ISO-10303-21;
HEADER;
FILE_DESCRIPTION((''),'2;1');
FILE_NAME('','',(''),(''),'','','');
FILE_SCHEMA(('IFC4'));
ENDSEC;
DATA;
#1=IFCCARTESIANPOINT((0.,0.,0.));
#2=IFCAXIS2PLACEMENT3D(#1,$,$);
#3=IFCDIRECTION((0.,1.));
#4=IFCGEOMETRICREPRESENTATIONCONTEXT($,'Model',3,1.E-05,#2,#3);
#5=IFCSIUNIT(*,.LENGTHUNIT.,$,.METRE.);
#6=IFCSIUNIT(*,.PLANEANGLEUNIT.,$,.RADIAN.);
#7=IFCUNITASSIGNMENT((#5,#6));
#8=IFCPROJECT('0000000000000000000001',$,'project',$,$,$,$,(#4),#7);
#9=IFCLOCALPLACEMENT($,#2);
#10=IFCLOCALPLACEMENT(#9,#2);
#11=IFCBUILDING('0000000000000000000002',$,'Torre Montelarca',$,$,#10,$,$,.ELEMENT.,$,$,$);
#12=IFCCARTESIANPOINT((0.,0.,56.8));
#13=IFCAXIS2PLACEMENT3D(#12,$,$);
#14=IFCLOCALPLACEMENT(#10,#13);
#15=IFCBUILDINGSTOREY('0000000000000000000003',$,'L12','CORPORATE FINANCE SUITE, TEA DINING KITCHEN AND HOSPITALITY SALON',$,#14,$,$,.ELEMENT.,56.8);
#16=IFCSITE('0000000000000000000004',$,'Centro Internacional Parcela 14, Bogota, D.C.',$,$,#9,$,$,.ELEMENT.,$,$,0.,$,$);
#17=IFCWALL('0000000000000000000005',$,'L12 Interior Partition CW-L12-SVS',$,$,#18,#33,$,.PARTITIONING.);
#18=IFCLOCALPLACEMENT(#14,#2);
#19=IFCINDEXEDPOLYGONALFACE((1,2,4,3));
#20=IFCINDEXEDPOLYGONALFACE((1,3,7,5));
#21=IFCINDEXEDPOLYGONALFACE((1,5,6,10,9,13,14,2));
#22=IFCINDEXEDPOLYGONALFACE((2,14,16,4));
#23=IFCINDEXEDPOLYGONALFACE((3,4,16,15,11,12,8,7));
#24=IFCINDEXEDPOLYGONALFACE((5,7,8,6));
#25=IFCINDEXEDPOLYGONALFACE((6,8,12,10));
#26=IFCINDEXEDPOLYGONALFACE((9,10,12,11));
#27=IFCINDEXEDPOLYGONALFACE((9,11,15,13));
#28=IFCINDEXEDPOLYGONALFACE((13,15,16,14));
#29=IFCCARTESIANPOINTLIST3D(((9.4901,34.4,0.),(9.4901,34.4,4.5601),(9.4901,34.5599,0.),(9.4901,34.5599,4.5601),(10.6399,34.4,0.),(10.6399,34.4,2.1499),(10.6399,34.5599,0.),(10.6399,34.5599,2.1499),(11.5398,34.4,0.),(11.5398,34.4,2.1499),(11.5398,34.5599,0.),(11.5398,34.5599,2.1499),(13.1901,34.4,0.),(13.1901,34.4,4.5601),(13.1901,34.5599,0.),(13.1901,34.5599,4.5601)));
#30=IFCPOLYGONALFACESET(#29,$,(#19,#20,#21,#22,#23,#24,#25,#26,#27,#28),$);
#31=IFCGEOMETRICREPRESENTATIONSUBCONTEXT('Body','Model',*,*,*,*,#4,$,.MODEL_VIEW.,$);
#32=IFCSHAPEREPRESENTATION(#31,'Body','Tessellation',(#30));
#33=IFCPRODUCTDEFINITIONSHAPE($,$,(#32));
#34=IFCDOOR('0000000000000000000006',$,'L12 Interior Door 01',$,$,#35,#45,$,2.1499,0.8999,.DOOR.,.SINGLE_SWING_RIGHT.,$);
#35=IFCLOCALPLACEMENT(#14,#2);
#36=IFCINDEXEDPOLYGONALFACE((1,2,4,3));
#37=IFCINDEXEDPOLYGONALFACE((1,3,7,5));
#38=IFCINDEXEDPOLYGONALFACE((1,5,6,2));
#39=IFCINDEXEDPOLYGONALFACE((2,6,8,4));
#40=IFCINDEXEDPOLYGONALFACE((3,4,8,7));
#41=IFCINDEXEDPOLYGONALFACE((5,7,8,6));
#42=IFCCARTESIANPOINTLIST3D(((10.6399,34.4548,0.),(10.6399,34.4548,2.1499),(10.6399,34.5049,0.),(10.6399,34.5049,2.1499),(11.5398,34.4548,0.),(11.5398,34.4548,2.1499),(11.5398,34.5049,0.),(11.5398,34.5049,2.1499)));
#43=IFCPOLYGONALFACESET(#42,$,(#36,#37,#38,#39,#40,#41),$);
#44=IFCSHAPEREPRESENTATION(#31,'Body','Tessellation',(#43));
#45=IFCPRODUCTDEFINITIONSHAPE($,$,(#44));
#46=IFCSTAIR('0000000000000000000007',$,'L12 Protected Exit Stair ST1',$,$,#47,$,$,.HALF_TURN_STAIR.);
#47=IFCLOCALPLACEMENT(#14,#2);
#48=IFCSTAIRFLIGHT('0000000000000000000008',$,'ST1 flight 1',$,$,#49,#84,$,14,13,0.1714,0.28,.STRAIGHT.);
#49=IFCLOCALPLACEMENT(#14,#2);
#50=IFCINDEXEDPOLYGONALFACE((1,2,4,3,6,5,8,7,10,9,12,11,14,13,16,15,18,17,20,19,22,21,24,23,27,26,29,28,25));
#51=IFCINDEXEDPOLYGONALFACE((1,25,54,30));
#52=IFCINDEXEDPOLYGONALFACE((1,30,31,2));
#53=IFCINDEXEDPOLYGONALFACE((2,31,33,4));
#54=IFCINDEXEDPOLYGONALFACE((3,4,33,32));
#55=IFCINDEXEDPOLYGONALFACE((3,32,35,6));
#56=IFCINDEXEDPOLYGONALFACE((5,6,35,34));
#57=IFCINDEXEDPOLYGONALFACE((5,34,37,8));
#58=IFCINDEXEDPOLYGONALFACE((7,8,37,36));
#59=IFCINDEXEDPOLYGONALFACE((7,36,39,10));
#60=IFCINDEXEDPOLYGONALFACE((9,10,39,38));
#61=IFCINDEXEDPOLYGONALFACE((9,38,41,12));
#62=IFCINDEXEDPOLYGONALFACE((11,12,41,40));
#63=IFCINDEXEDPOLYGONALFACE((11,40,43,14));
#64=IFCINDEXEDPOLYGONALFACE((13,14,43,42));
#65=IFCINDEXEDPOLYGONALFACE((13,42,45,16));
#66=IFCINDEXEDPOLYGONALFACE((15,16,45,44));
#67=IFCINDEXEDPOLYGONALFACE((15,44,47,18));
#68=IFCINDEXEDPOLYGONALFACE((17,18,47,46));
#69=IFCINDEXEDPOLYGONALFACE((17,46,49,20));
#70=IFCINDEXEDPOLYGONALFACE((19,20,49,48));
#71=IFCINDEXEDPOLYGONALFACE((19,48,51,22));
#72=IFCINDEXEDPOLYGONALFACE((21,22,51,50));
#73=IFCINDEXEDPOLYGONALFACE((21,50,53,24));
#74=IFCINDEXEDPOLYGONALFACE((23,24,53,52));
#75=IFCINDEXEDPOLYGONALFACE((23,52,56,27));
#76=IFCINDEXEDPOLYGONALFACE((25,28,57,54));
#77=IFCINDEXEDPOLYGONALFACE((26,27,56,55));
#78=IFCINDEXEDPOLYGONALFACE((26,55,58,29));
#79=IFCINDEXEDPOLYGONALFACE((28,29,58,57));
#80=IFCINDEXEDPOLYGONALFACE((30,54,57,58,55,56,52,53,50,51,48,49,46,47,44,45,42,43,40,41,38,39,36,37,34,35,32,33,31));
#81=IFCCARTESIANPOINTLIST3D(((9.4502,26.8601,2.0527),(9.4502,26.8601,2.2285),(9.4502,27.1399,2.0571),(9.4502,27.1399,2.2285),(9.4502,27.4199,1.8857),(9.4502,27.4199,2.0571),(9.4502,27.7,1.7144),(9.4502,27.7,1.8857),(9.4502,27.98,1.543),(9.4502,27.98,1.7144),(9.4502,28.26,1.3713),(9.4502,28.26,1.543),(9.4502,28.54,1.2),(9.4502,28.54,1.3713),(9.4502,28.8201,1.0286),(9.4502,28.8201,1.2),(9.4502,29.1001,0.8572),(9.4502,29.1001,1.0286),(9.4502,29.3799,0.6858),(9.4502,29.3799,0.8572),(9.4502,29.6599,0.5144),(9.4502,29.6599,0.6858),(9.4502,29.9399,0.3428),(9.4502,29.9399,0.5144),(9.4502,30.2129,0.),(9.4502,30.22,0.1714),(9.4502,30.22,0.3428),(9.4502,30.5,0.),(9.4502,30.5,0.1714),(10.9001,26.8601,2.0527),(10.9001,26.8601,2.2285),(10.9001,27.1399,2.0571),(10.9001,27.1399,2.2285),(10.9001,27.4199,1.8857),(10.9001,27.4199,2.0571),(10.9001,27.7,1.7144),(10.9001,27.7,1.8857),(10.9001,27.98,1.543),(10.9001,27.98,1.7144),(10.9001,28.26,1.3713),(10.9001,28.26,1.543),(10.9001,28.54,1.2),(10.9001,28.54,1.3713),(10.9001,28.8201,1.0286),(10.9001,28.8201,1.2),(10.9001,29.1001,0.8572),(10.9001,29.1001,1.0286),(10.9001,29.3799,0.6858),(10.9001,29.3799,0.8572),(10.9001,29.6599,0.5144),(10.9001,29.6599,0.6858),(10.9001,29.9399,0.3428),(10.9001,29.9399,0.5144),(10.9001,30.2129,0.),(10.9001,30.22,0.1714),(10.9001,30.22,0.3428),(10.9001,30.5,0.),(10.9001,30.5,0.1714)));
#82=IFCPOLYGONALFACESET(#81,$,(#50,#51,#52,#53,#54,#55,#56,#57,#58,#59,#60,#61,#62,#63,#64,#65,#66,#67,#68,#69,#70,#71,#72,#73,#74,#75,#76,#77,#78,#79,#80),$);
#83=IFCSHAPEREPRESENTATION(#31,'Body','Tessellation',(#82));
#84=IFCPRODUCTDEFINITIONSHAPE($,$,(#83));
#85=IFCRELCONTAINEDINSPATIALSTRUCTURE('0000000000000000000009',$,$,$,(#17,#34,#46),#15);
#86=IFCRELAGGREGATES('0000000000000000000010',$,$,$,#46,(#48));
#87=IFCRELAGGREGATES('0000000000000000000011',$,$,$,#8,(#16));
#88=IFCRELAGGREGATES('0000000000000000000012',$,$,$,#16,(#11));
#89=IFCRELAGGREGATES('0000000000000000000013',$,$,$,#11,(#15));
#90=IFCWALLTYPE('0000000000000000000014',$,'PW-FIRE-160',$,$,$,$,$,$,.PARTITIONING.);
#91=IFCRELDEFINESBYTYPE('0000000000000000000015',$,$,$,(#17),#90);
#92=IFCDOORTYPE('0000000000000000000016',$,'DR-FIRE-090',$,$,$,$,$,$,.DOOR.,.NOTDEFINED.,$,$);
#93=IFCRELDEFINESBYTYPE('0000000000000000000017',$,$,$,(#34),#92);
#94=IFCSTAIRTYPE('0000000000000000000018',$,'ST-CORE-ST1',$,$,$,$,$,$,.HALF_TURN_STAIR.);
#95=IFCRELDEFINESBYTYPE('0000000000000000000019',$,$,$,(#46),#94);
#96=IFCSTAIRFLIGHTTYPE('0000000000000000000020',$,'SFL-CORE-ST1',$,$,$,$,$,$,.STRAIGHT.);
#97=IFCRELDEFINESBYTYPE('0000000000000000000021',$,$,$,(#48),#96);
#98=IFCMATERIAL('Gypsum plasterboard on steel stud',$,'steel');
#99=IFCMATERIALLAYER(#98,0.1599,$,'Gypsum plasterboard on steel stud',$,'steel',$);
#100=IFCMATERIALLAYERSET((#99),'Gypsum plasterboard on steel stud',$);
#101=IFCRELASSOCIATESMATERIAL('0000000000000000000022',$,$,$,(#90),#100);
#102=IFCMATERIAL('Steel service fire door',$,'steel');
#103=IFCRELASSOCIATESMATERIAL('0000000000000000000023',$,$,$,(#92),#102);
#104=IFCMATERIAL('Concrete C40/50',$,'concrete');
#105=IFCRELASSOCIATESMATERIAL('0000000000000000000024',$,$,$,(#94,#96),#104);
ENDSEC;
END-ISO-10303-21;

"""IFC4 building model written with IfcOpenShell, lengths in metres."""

from ifc_helpers import new_model, si_unit, direction, frame, frame_2d, origin, place, context, subcontext, project, spatial, polyline, rectangle, outline, extrude, source, transform, mapped, material, layer, layer_set, type_object, element, fill, aggregate, save


model = new_model("IFC4")

# Units and contexts
model_context = context("Model", 3, precision=1e-05, world=origin(), true_north=direction((0.0, 1.0)))
body_context = subcontext(model_context, "Body", "Model", "MODEL_VIEW")
ifc_project = project(units=[si_unit("LENGTHUNIT", "METRE"), si_unit("PLANEANGLEUNIT", "RADIAN")], contexts=[model_context])

# Site, building, storey
site_placement = place(None, origin())
site = spatial("IfcSite", under=ifc_project, at=site_placement, Name="Centro Internacional Parcela 14, Bogota, D.C.", CompositionType="ELEMENT", RefElevation=0.0)
building_placement = place(site_placement, origin())
building = spatial("IfcBuilding", under=site, at=building_placement, Name="Torre Montelarca", CompositionType="ELEMENT")
storey_placement = place(building_placement, frame((0.0, 0.0, 56.8)))
storey = spatial("IfcBuildingStorey", under=building, at=storey_placement, Name="L12", Description="CORPORATE FINANCE SUITE, TEA DINING KITCHEN AND HOSPITALITY SALON", CompositionType="ELEMENT", Elevation=56.8)

# Shared definitions
ifc_material_1 = material(Name="Concrete C40/50", Category="concrete")

# Wall, opening, door
ifc_material_2 = material(Name="Gypsum plasterboard on steel stud", Category="steel")
ifc_layer_1 = layer(ifc_material_2, 0.1599, Name="Gypsum plasterboard on steel stud", Category="steel")
ifc_layer_set_1 = layer_set([ifc_layer_1], Name="Gypsum plasterboard on steel stud")
wall_type_1 = type_object("IfcWallType", Name="PW-FIRE-160", PredefinedType="PARTITIONING", material=ifc_layer_set_1)
wall_1_placement = place(storey_placement, frame((9.49, 34.48, 0.0), z_axis=(0.0, 0.0, 1.0), x_axis=(1.0, 0.0, 0.0)))
wall_1 = element("IfcWall", 1, at=wall_1_placement, inside=storey, type_object=wall_type_1, Name="L12 Interior Partition CW-L12-SVS", PredefinedType="PARTITIONING", context=body_context, shape_type="SweptSolid", body=[
    extrude(rectangle(XDim=3.7, YDim=0.1599, at=frame_2d((1.8501, 0.0))), origin(), (0.0, 0.0, 1.0), 4.5601),
])
opening_1_placement = place(wall_1_placement, frame((1.1499, 0.0, 0.0)))
opening_1 = element("IfcOpeningElement", 2, at=opening_1_placement, cuts=wall_1, PredefinedType="OPENING", context=body_context, shape_type="SweptSolid", body=[
    extrude(rectangle(XDim=0.8999, YDim=2.1499, at=frame_2d((0.45, 1.075))), frame((0.0, 0.0898, 0.0), z_axis=(0.0, -1.0, 0.0), x_axis=(1.0, 0.0, 0.0)), (0.0, 0.0, 1.0), 0.1799),
])
ifc_material_3 = material(Name="Steel service fire door", Category="steel")
door_type_1 = type_object("IfcDoorType", Name="DR-FIRE-090", OperationType="NOTDEFINED", PredefinedType="DOOR", material=ifc_material_3)
shared_shape_1 = source(origin(), body_context, "Body", "SweptSolid", [
    extrude(rectangle(XDim=0.8999, YDim=2.1499, at=frame_2d((0.45, 1.075))), frame((0.0, 0.0249, 0.0), z_axis=(0.0, -1.0, 0.0), x_axis=(1.0, 0.0, 0.0)), (0.0, 0.0, 1.0), 0.05),
])
door_1_placement = place(opening_1_placement, origin())
door_1 = element("IfcDoor", 3, at=door_1_placement, inside=storey, type_object=door_type_1, Name="L12 Interior Door 01", OperationType="SINGLE_SWING_RIGHT", OverallHeight=2.1499, OverallWidth=0.8999, PredefinedType="DOOR", context=body_context, shape_type="MappedRepresentation", body=[
    mapped(shared_shape_1, transform((0.0, 0.0, 0.0), scale=1.0)),
])
fill(opening_1, door_1)

# Stair, stair flight
stair_type = type_object("IfcStairType", Name="ST-CORE-ST1", PredefinedType="HALF_TURN_STAIR", material=ifc_material_1)
stair_placement = place(storey_placement, origin())
stair = element("IfcStair", 4, at=stair_placement, inside=storey, type_object=stair_type, Name="L12 Protected Exit Stair ST1", PredefinedType="HALF_TURN_STAIR")
stair_flight_type = type_object("IfcStairFlightType", Name="SFL-CORE-ST1", PredefinedType="STRAIGHT", material=ifc_material_1)
stair_flight_placement = place(storey_placement, frame((10.175, 30.5, 0.0), z_axis=(0.0, 0.0, 1.0), x_axis=(0.0, -1.0, 0.0)))
stair_flight = element("IfcStairFlight", 5, at=stair_flight_placement, type_object=stair_flight_type, Name="ST1 flight 1", NumberOfRisers=14, NumberOfTreads=13, PredefinedType="STRAIGHT", RiserHeight=0.1714, TreadLength=0.28, context=body_context, shape_type="SweptSolid", body=[
    extrude(outline(polyline([(0.0, 0.0), (0.0, 0.1714), (0.28, 0.1714), (0.28, 0.3428), (0.5601, 0.3428), (0.5601, 0.5144), (0.8401, 0.5144), (0.8401, 0.6858), (1.1201, 0.6858), (1.1201, 0.8572), (1.3999, 0.8572), (1.3999, 1.0286), (1.6799, 1.0286), (1.6799, 1.2), (1.96, 1.2), (1.96, 1.3713), (2.24, 1.3713), (2.24, 1.543), (2.52, 1.543), (2.52, 1.7144), (2.8, 1.7144), (2.8, 1.8857), (3.0801, 1.8857), (3.0801, 2.0571), (3.3601, 2.0571), (3.3601, 2.2285), (3.6399, 2.2285), (3.6399, 2.3999), (3.6399, 2.0527), (0.2871, 0.0), (0.0, 0.0)])), frame((0.0, 0.7251, 0.0), z_axis=(0.0, -1.0, 0.0), x_axis=(1.0, 0.0, 0.0)), (0.0, 0.0, 1.0), 1.45),
])
aggregate(stair, [stair_flight])

save(model, "model.ifc")
